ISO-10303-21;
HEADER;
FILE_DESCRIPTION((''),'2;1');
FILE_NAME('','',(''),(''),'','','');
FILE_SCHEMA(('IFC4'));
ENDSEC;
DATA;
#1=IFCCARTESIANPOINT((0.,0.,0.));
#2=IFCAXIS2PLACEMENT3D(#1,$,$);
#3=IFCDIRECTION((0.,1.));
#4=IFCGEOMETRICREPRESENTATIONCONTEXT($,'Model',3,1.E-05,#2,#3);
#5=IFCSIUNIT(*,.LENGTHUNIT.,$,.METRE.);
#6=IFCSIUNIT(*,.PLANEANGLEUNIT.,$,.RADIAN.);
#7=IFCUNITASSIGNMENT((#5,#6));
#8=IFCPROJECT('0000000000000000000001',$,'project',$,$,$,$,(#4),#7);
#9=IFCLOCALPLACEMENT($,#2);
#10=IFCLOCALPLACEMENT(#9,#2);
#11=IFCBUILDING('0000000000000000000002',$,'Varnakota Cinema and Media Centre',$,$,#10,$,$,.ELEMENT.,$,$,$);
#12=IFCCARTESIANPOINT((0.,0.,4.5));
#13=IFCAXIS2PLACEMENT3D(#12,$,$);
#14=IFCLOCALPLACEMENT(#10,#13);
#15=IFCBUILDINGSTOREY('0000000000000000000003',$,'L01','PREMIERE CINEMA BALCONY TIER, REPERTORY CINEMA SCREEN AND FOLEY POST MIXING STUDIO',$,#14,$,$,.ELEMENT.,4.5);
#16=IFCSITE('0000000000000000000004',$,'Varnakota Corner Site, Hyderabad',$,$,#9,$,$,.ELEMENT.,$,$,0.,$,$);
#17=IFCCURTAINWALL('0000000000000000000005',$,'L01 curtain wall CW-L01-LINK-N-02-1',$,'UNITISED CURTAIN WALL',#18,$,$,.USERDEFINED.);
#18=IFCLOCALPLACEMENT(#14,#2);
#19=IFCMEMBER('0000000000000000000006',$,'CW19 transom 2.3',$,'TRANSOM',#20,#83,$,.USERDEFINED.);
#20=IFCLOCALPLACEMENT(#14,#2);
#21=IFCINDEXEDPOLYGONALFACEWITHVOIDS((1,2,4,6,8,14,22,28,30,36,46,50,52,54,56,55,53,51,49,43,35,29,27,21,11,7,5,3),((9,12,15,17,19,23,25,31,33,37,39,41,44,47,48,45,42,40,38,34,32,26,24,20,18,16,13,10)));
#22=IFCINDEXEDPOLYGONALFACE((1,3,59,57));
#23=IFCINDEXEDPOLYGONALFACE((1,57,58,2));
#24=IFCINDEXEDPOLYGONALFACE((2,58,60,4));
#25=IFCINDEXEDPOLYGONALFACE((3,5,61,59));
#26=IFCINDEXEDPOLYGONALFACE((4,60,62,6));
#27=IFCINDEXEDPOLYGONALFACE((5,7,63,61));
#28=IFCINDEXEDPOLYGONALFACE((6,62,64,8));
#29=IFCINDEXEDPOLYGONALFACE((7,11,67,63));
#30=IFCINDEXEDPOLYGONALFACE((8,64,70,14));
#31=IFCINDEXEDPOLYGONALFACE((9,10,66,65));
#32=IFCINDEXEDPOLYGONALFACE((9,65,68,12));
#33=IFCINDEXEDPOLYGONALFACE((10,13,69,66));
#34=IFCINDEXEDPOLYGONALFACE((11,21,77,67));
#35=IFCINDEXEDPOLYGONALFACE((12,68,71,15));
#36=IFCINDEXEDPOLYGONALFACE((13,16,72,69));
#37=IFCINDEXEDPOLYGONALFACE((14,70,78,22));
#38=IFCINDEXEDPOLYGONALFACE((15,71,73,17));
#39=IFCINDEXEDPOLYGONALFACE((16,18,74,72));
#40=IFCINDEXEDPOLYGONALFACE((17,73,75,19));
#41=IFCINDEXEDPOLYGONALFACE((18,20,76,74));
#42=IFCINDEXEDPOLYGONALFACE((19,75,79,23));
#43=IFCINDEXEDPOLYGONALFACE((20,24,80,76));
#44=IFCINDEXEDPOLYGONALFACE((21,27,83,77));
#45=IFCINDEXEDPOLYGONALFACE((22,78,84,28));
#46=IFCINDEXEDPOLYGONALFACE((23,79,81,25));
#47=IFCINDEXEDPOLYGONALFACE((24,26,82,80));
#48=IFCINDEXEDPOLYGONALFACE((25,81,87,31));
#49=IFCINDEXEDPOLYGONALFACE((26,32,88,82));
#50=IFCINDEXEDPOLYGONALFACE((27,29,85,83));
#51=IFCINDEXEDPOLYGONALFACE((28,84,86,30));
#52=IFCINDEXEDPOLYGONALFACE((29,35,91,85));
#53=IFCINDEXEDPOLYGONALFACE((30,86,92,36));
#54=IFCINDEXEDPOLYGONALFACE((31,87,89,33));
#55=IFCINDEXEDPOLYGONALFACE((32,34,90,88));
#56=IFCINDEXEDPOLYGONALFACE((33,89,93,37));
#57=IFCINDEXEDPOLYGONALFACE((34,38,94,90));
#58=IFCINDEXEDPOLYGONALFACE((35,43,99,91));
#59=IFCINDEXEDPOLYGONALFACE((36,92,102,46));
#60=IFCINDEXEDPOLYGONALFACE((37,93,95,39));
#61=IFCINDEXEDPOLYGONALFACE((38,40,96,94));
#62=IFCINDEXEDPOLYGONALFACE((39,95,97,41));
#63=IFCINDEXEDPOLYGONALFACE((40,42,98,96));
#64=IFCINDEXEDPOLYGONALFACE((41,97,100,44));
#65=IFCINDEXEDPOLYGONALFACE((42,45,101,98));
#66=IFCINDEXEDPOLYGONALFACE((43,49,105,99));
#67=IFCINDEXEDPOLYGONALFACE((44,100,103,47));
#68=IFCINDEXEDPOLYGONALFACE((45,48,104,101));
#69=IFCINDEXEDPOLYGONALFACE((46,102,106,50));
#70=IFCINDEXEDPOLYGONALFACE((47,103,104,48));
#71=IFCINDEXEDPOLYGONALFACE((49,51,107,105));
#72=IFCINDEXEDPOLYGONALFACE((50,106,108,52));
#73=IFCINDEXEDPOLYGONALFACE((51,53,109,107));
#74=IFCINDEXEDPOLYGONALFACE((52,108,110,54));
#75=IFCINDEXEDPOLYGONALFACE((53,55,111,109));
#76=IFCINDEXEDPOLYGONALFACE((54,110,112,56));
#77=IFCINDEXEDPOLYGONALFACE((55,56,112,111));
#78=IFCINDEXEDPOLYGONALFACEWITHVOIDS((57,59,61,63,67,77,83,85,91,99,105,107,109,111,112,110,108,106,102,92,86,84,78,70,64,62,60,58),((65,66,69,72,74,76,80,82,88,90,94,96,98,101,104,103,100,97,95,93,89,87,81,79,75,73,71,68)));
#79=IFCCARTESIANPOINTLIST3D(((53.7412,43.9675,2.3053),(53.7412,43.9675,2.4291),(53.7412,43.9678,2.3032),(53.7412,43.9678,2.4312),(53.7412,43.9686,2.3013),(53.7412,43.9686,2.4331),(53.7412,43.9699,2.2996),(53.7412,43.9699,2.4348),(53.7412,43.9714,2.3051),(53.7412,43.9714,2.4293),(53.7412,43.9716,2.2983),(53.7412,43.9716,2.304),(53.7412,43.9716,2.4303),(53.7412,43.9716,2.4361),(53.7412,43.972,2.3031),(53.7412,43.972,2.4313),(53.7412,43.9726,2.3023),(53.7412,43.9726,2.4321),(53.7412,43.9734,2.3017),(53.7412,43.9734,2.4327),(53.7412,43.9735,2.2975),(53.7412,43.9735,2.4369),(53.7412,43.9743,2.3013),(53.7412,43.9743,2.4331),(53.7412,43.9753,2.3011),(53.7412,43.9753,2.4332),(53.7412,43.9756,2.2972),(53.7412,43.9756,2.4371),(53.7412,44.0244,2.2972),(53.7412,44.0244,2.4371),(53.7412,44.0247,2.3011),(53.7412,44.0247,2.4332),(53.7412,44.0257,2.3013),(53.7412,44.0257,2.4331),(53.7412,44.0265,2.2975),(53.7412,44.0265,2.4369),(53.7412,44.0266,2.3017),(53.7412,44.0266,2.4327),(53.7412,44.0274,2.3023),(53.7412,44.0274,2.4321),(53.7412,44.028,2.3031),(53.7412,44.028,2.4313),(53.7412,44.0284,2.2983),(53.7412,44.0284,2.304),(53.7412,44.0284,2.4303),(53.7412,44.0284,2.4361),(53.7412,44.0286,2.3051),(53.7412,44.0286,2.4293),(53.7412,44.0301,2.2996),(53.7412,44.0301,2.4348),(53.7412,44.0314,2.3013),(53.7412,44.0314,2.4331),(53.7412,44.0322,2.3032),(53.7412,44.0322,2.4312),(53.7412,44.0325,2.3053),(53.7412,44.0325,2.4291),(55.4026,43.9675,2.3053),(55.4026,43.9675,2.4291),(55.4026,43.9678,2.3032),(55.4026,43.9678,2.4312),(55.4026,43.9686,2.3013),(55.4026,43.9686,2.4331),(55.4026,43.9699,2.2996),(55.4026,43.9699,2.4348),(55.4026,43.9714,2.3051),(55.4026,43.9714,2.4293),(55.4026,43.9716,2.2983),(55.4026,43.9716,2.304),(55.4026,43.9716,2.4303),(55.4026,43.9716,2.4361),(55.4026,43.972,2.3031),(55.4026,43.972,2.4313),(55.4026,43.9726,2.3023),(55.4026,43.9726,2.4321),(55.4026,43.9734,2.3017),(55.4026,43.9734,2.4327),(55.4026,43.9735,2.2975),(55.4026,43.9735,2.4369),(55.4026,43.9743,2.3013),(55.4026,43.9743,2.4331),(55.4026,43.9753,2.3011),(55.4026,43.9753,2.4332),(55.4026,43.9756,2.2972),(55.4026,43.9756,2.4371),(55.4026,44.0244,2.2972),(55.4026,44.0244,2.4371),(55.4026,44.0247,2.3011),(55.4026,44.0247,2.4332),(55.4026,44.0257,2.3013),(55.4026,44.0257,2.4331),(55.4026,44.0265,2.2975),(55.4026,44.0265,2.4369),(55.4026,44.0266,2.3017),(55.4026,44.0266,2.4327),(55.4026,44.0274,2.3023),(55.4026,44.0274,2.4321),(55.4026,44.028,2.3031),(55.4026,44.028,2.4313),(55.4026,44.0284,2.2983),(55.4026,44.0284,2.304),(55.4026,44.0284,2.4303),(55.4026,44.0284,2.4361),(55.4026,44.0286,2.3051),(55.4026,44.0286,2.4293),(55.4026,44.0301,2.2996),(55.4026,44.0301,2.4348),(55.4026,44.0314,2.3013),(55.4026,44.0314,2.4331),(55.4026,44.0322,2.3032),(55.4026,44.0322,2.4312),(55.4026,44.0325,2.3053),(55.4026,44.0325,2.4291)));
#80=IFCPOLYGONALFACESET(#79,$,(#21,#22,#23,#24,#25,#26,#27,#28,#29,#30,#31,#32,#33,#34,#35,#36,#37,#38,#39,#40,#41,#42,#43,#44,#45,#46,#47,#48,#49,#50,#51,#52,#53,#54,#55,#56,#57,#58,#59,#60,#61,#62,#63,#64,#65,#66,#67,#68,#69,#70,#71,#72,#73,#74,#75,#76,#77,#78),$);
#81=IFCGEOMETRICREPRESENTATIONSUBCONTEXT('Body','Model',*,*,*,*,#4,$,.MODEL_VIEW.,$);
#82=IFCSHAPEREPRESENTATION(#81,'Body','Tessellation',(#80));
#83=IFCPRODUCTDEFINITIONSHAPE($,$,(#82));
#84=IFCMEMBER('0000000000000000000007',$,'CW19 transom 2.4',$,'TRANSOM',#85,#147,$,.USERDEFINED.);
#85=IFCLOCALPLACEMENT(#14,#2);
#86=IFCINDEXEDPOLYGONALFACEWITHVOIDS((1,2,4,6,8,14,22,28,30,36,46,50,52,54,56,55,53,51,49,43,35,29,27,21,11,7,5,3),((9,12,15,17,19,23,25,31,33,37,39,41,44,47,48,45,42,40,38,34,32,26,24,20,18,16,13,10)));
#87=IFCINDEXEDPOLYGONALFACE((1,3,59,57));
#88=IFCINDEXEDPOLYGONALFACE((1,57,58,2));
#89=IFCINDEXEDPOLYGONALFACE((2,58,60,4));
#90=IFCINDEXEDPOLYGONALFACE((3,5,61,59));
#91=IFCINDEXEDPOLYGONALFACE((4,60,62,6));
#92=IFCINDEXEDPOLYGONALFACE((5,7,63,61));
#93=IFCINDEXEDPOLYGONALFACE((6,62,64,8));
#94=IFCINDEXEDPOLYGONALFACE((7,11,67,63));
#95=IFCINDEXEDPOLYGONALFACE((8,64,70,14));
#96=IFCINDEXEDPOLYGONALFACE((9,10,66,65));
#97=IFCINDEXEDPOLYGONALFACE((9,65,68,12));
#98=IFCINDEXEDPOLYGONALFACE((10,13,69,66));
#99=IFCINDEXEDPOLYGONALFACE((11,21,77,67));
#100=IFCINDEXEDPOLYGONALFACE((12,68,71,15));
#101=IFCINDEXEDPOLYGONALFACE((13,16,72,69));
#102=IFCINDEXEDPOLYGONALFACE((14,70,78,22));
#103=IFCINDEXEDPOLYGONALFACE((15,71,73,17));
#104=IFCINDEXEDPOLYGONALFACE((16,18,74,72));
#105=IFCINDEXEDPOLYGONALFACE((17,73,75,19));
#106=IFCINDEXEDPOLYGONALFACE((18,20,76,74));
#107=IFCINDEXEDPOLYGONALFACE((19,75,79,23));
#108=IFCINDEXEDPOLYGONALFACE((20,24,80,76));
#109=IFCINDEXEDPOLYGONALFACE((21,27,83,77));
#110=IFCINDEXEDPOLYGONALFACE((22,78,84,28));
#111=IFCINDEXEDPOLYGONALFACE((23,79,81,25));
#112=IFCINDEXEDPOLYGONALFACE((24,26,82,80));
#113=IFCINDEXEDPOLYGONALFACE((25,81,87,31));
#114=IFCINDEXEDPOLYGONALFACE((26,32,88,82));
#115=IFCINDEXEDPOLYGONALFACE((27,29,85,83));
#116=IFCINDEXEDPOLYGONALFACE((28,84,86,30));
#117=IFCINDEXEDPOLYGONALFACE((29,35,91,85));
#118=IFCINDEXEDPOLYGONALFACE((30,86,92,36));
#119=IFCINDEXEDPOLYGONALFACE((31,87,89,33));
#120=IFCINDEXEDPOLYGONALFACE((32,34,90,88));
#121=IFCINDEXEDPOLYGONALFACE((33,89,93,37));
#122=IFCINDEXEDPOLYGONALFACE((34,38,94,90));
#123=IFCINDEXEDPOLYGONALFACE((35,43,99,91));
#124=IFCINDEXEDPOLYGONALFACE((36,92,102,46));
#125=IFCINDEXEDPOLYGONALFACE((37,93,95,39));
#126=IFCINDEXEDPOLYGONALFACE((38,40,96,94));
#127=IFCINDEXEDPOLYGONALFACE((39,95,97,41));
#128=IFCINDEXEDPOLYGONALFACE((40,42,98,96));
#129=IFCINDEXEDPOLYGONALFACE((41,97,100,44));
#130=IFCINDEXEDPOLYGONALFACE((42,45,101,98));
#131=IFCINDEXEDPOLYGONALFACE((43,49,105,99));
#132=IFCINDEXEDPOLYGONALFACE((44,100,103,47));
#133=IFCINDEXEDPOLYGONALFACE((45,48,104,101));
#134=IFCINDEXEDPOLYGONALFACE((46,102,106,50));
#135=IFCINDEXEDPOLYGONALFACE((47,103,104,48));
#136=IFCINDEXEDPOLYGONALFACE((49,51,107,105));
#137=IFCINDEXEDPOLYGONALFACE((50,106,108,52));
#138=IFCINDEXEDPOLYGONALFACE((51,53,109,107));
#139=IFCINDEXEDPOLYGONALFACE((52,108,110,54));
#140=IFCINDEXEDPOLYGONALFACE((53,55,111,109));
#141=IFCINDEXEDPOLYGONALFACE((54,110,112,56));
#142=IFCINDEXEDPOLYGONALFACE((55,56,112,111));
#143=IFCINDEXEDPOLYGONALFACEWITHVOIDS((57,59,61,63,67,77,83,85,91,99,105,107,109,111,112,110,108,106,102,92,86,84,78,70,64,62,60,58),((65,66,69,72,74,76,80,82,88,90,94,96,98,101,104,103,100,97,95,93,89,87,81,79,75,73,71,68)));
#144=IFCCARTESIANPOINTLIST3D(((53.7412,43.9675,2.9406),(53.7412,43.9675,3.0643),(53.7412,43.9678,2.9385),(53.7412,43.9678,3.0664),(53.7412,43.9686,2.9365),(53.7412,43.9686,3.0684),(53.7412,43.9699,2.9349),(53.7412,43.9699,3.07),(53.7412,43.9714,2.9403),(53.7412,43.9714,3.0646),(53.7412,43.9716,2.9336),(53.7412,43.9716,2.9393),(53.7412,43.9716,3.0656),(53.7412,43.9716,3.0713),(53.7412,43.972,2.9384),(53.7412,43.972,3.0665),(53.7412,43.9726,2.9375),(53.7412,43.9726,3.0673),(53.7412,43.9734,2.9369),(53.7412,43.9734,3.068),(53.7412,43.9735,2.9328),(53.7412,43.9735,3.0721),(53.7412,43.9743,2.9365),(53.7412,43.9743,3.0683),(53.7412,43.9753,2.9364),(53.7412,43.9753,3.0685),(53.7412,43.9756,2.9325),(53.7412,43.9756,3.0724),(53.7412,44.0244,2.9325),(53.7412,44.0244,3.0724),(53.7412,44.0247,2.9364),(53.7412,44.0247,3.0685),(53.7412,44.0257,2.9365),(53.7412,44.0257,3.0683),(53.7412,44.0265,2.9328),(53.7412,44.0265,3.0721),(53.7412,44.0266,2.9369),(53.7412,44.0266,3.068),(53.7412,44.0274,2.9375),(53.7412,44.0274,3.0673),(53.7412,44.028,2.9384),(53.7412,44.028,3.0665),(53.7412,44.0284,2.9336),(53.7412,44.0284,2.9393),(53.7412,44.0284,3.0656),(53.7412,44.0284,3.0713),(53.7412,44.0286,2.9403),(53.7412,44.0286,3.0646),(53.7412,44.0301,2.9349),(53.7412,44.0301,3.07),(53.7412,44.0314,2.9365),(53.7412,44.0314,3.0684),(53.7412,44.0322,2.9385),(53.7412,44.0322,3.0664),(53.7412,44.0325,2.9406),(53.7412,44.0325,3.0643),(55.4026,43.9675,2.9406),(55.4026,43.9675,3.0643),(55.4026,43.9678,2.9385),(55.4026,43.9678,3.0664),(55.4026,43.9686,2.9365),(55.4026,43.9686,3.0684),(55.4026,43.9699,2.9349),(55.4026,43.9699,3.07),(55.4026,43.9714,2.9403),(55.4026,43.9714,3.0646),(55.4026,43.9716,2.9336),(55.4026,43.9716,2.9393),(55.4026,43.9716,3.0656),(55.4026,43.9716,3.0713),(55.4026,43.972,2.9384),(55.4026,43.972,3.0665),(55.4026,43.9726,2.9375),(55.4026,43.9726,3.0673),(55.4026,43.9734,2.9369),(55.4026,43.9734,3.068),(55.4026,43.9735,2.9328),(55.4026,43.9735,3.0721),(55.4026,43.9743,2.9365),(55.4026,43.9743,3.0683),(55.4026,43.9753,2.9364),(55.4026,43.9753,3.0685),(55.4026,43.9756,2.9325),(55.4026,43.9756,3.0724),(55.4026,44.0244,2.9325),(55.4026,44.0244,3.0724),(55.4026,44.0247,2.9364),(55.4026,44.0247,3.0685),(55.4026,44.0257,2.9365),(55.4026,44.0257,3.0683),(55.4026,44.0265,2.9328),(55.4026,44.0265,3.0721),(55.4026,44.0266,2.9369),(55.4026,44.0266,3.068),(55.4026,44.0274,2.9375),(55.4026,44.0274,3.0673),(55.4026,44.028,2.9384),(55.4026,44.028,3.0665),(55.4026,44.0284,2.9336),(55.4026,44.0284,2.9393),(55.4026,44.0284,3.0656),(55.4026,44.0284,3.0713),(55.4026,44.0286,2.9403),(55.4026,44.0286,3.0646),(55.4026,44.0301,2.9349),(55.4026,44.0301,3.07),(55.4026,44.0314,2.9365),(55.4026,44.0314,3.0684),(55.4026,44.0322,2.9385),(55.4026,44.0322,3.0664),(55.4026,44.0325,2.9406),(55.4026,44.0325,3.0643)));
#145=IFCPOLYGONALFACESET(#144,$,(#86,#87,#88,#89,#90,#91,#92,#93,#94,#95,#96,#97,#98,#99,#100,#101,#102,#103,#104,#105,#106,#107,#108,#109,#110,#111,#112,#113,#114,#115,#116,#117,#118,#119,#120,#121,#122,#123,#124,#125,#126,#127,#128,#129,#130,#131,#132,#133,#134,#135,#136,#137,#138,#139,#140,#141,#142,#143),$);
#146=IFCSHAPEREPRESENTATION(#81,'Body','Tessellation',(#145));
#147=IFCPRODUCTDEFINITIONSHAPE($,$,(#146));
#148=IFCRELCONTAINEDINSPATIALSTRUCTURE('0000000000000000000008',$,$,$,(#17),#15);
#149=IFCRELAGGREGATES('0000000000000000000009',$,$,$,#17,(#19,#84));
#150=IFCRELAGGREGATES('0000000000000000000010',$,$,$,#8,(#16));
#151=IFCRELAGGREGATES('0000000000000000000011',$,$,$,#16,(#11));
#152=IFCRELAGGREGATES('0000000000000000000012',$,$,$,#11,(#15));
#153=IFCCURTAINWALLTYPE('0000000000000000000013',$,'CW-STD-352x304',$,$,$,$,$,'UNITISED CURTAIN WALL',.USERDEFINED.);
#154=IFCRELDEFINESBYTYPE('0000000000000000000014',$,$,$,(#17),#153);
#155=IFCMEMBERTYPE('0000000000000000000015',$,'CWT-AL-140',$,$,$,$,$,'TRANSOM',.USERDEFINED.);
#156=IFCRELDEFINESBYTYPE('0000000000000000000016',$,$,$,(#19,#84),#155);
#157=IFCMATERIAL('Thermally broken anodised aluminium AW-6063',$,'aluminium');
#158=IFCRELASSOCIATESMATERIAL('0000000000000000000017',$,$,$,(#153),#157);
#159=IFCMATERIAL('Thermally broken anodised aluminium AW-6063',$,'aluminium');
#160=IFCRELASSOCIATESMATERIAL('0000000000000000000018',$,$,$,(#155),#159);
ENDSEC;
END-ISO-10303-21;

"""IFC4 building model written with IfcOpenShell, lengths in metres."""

from ifc_helpers import new_model, si_unit, direction, frame, origin, origin_2d, place, context, subcontext, project, spatial, hollow_rectangle, extrude, material, material_profile, profile_set, type_object, element, aggregate, save


model = new_model("IFC4")

# Units and contexts
model_context = context("Model", 3, precision=1e-05, world=origin(), true_north=direction((0.0, 1.0)))
body_context = subcontext(model_context, "Body", "Model", "MODEL_VIEW")
ifc_project = project(units=[si_unit("LENGTHUNIT", "METRE"), si_unit("PLANEANGLEUNIT", "RADIAN")], contexts=[model_context])

# Site, building, storey
site_placement = place(None, origin())
site = spatial("IfcSite", under=ifc_project, at=site_placement, Name="Varnakota Corner Site, Hyderabad", CompositionType="ELEMENT", RefElevation=0.0)
building_placement = place(site_placement, origin())
building = spatial("IfcBuilding", under=site, at=building_placement, Name="Varnakota Cinema and Media Centre", CompositionType="ELEMENT")
storey_placement = place(building_placement, frame((0.0, 0.0, 4.5)))
storey = spatial("IfcBuildingStorey", under=building, at=storey_placement, Name="L01", Description="PREMIERE CINEMA BALCONY TIER, REPERTORY CINEMA SCREEN AND FOLEY POST MIXING STUDIO", CompositionType="ELEMENT", Elevation=4.5)

# Curtain wall
ifc_material_1 = material(Name="Thermally broken anodised aluminium AW-6063", Category="aluminium")
curtain_wall_type = type_object("IfcCurtainWallType", Name="CW-STD-352x304", ElementType="UNITISED CURTAIN WALL", PredefinedType="USERDEFINED", material=ifc_material_1)
curtain_wall_1_placement = place(storey_placement, origin())
curtain_wall_1 = element("IfcCurtainWall", 1, at=curtain_wall_1_placement, inside=storey, type_object=curtain_wall_type, Name="L01 curtain wall CW-L01-LINK-N-02-1", ObjectType="UNITISED CURTAIN WALL", PredefinedType="USERDEFINED")

# Members
ifc_material_2 = material(Name="Thermally broken anodised aluminium AW-6063", Category="aluminium")
ifc_material_profile_1 = material_profile(ifc_material_2, hollow_rectangle(XDim=0.0649, YDim=0.1399, WallThickness=0.0039, InnerFilletRadius=0.0039, OuterFilletRadius=0.0081, at=origin_2d()), Name="AL-TRANSOM 140x65x4")
ifc_profile_set_1 = profile_set([ifc_material_profile_1], Name="Thermally broken anodised aluminium AW-6063")
member_type_1 = type_object("IfcMemberType", Name="CWT-AL-140", ElementType="TRANSOM", PredefinedType="USERDEFINED", material=ifc_profile_set_1)
member_1_placement = place(storey_placement, frame((53.7412, 44.0, 2.3672), z_axis=(1.0, 0.0, 0.0), x_axis=(0.0, 1.0, 0.0)))
member_1 = element("IfcMember", 2, at=member_1_placement, type_object=member_type_1, Name="CW19 transom 2.3", ObjectType="TRANSOM", PredefinedType="USERDEFINED", context=body_context, shape_type="SweptSolid", body=[
    extrude(hollow_rectangle(XDim=0.0649, YDim=0.1399, WallThickness=0.0039, InnerFilletRadius=0.0039, OuterFilletRadius=0.0081, at=origin_2d()), origin(), (0.0, 0.0, 1.0), 1.6614),
])
member_2_placement = place(storey_placement, frame((53.7412, 44.0, 3.0024), z_axis=(1.0, 0.0, 0.0), x_axis=(0.0, 1.0, 0.0)))
member_2 = element("IfcMember", 3, at=member_2_placement, type_object=member_type_1, Name="CW19 transom 2.4", ObjectType="TRANSOM", PredefinedType="USERDEFINED", context=body_context, shape_type="SweptSolid", body=[
    extrude(hollow_rectangle(XDim=0.0649, YDim=0.1399, WallThickness=0.0039, InnerFilletRadius=0.0039, OuterFilletRadius=0.0081, at=origin_2d()), origin(), (0.0, 0.0, 1.0), 1.6614),
])

aggregate(curtain_wall_1, [member_1, member_2])

save(model, "model.ifc")
